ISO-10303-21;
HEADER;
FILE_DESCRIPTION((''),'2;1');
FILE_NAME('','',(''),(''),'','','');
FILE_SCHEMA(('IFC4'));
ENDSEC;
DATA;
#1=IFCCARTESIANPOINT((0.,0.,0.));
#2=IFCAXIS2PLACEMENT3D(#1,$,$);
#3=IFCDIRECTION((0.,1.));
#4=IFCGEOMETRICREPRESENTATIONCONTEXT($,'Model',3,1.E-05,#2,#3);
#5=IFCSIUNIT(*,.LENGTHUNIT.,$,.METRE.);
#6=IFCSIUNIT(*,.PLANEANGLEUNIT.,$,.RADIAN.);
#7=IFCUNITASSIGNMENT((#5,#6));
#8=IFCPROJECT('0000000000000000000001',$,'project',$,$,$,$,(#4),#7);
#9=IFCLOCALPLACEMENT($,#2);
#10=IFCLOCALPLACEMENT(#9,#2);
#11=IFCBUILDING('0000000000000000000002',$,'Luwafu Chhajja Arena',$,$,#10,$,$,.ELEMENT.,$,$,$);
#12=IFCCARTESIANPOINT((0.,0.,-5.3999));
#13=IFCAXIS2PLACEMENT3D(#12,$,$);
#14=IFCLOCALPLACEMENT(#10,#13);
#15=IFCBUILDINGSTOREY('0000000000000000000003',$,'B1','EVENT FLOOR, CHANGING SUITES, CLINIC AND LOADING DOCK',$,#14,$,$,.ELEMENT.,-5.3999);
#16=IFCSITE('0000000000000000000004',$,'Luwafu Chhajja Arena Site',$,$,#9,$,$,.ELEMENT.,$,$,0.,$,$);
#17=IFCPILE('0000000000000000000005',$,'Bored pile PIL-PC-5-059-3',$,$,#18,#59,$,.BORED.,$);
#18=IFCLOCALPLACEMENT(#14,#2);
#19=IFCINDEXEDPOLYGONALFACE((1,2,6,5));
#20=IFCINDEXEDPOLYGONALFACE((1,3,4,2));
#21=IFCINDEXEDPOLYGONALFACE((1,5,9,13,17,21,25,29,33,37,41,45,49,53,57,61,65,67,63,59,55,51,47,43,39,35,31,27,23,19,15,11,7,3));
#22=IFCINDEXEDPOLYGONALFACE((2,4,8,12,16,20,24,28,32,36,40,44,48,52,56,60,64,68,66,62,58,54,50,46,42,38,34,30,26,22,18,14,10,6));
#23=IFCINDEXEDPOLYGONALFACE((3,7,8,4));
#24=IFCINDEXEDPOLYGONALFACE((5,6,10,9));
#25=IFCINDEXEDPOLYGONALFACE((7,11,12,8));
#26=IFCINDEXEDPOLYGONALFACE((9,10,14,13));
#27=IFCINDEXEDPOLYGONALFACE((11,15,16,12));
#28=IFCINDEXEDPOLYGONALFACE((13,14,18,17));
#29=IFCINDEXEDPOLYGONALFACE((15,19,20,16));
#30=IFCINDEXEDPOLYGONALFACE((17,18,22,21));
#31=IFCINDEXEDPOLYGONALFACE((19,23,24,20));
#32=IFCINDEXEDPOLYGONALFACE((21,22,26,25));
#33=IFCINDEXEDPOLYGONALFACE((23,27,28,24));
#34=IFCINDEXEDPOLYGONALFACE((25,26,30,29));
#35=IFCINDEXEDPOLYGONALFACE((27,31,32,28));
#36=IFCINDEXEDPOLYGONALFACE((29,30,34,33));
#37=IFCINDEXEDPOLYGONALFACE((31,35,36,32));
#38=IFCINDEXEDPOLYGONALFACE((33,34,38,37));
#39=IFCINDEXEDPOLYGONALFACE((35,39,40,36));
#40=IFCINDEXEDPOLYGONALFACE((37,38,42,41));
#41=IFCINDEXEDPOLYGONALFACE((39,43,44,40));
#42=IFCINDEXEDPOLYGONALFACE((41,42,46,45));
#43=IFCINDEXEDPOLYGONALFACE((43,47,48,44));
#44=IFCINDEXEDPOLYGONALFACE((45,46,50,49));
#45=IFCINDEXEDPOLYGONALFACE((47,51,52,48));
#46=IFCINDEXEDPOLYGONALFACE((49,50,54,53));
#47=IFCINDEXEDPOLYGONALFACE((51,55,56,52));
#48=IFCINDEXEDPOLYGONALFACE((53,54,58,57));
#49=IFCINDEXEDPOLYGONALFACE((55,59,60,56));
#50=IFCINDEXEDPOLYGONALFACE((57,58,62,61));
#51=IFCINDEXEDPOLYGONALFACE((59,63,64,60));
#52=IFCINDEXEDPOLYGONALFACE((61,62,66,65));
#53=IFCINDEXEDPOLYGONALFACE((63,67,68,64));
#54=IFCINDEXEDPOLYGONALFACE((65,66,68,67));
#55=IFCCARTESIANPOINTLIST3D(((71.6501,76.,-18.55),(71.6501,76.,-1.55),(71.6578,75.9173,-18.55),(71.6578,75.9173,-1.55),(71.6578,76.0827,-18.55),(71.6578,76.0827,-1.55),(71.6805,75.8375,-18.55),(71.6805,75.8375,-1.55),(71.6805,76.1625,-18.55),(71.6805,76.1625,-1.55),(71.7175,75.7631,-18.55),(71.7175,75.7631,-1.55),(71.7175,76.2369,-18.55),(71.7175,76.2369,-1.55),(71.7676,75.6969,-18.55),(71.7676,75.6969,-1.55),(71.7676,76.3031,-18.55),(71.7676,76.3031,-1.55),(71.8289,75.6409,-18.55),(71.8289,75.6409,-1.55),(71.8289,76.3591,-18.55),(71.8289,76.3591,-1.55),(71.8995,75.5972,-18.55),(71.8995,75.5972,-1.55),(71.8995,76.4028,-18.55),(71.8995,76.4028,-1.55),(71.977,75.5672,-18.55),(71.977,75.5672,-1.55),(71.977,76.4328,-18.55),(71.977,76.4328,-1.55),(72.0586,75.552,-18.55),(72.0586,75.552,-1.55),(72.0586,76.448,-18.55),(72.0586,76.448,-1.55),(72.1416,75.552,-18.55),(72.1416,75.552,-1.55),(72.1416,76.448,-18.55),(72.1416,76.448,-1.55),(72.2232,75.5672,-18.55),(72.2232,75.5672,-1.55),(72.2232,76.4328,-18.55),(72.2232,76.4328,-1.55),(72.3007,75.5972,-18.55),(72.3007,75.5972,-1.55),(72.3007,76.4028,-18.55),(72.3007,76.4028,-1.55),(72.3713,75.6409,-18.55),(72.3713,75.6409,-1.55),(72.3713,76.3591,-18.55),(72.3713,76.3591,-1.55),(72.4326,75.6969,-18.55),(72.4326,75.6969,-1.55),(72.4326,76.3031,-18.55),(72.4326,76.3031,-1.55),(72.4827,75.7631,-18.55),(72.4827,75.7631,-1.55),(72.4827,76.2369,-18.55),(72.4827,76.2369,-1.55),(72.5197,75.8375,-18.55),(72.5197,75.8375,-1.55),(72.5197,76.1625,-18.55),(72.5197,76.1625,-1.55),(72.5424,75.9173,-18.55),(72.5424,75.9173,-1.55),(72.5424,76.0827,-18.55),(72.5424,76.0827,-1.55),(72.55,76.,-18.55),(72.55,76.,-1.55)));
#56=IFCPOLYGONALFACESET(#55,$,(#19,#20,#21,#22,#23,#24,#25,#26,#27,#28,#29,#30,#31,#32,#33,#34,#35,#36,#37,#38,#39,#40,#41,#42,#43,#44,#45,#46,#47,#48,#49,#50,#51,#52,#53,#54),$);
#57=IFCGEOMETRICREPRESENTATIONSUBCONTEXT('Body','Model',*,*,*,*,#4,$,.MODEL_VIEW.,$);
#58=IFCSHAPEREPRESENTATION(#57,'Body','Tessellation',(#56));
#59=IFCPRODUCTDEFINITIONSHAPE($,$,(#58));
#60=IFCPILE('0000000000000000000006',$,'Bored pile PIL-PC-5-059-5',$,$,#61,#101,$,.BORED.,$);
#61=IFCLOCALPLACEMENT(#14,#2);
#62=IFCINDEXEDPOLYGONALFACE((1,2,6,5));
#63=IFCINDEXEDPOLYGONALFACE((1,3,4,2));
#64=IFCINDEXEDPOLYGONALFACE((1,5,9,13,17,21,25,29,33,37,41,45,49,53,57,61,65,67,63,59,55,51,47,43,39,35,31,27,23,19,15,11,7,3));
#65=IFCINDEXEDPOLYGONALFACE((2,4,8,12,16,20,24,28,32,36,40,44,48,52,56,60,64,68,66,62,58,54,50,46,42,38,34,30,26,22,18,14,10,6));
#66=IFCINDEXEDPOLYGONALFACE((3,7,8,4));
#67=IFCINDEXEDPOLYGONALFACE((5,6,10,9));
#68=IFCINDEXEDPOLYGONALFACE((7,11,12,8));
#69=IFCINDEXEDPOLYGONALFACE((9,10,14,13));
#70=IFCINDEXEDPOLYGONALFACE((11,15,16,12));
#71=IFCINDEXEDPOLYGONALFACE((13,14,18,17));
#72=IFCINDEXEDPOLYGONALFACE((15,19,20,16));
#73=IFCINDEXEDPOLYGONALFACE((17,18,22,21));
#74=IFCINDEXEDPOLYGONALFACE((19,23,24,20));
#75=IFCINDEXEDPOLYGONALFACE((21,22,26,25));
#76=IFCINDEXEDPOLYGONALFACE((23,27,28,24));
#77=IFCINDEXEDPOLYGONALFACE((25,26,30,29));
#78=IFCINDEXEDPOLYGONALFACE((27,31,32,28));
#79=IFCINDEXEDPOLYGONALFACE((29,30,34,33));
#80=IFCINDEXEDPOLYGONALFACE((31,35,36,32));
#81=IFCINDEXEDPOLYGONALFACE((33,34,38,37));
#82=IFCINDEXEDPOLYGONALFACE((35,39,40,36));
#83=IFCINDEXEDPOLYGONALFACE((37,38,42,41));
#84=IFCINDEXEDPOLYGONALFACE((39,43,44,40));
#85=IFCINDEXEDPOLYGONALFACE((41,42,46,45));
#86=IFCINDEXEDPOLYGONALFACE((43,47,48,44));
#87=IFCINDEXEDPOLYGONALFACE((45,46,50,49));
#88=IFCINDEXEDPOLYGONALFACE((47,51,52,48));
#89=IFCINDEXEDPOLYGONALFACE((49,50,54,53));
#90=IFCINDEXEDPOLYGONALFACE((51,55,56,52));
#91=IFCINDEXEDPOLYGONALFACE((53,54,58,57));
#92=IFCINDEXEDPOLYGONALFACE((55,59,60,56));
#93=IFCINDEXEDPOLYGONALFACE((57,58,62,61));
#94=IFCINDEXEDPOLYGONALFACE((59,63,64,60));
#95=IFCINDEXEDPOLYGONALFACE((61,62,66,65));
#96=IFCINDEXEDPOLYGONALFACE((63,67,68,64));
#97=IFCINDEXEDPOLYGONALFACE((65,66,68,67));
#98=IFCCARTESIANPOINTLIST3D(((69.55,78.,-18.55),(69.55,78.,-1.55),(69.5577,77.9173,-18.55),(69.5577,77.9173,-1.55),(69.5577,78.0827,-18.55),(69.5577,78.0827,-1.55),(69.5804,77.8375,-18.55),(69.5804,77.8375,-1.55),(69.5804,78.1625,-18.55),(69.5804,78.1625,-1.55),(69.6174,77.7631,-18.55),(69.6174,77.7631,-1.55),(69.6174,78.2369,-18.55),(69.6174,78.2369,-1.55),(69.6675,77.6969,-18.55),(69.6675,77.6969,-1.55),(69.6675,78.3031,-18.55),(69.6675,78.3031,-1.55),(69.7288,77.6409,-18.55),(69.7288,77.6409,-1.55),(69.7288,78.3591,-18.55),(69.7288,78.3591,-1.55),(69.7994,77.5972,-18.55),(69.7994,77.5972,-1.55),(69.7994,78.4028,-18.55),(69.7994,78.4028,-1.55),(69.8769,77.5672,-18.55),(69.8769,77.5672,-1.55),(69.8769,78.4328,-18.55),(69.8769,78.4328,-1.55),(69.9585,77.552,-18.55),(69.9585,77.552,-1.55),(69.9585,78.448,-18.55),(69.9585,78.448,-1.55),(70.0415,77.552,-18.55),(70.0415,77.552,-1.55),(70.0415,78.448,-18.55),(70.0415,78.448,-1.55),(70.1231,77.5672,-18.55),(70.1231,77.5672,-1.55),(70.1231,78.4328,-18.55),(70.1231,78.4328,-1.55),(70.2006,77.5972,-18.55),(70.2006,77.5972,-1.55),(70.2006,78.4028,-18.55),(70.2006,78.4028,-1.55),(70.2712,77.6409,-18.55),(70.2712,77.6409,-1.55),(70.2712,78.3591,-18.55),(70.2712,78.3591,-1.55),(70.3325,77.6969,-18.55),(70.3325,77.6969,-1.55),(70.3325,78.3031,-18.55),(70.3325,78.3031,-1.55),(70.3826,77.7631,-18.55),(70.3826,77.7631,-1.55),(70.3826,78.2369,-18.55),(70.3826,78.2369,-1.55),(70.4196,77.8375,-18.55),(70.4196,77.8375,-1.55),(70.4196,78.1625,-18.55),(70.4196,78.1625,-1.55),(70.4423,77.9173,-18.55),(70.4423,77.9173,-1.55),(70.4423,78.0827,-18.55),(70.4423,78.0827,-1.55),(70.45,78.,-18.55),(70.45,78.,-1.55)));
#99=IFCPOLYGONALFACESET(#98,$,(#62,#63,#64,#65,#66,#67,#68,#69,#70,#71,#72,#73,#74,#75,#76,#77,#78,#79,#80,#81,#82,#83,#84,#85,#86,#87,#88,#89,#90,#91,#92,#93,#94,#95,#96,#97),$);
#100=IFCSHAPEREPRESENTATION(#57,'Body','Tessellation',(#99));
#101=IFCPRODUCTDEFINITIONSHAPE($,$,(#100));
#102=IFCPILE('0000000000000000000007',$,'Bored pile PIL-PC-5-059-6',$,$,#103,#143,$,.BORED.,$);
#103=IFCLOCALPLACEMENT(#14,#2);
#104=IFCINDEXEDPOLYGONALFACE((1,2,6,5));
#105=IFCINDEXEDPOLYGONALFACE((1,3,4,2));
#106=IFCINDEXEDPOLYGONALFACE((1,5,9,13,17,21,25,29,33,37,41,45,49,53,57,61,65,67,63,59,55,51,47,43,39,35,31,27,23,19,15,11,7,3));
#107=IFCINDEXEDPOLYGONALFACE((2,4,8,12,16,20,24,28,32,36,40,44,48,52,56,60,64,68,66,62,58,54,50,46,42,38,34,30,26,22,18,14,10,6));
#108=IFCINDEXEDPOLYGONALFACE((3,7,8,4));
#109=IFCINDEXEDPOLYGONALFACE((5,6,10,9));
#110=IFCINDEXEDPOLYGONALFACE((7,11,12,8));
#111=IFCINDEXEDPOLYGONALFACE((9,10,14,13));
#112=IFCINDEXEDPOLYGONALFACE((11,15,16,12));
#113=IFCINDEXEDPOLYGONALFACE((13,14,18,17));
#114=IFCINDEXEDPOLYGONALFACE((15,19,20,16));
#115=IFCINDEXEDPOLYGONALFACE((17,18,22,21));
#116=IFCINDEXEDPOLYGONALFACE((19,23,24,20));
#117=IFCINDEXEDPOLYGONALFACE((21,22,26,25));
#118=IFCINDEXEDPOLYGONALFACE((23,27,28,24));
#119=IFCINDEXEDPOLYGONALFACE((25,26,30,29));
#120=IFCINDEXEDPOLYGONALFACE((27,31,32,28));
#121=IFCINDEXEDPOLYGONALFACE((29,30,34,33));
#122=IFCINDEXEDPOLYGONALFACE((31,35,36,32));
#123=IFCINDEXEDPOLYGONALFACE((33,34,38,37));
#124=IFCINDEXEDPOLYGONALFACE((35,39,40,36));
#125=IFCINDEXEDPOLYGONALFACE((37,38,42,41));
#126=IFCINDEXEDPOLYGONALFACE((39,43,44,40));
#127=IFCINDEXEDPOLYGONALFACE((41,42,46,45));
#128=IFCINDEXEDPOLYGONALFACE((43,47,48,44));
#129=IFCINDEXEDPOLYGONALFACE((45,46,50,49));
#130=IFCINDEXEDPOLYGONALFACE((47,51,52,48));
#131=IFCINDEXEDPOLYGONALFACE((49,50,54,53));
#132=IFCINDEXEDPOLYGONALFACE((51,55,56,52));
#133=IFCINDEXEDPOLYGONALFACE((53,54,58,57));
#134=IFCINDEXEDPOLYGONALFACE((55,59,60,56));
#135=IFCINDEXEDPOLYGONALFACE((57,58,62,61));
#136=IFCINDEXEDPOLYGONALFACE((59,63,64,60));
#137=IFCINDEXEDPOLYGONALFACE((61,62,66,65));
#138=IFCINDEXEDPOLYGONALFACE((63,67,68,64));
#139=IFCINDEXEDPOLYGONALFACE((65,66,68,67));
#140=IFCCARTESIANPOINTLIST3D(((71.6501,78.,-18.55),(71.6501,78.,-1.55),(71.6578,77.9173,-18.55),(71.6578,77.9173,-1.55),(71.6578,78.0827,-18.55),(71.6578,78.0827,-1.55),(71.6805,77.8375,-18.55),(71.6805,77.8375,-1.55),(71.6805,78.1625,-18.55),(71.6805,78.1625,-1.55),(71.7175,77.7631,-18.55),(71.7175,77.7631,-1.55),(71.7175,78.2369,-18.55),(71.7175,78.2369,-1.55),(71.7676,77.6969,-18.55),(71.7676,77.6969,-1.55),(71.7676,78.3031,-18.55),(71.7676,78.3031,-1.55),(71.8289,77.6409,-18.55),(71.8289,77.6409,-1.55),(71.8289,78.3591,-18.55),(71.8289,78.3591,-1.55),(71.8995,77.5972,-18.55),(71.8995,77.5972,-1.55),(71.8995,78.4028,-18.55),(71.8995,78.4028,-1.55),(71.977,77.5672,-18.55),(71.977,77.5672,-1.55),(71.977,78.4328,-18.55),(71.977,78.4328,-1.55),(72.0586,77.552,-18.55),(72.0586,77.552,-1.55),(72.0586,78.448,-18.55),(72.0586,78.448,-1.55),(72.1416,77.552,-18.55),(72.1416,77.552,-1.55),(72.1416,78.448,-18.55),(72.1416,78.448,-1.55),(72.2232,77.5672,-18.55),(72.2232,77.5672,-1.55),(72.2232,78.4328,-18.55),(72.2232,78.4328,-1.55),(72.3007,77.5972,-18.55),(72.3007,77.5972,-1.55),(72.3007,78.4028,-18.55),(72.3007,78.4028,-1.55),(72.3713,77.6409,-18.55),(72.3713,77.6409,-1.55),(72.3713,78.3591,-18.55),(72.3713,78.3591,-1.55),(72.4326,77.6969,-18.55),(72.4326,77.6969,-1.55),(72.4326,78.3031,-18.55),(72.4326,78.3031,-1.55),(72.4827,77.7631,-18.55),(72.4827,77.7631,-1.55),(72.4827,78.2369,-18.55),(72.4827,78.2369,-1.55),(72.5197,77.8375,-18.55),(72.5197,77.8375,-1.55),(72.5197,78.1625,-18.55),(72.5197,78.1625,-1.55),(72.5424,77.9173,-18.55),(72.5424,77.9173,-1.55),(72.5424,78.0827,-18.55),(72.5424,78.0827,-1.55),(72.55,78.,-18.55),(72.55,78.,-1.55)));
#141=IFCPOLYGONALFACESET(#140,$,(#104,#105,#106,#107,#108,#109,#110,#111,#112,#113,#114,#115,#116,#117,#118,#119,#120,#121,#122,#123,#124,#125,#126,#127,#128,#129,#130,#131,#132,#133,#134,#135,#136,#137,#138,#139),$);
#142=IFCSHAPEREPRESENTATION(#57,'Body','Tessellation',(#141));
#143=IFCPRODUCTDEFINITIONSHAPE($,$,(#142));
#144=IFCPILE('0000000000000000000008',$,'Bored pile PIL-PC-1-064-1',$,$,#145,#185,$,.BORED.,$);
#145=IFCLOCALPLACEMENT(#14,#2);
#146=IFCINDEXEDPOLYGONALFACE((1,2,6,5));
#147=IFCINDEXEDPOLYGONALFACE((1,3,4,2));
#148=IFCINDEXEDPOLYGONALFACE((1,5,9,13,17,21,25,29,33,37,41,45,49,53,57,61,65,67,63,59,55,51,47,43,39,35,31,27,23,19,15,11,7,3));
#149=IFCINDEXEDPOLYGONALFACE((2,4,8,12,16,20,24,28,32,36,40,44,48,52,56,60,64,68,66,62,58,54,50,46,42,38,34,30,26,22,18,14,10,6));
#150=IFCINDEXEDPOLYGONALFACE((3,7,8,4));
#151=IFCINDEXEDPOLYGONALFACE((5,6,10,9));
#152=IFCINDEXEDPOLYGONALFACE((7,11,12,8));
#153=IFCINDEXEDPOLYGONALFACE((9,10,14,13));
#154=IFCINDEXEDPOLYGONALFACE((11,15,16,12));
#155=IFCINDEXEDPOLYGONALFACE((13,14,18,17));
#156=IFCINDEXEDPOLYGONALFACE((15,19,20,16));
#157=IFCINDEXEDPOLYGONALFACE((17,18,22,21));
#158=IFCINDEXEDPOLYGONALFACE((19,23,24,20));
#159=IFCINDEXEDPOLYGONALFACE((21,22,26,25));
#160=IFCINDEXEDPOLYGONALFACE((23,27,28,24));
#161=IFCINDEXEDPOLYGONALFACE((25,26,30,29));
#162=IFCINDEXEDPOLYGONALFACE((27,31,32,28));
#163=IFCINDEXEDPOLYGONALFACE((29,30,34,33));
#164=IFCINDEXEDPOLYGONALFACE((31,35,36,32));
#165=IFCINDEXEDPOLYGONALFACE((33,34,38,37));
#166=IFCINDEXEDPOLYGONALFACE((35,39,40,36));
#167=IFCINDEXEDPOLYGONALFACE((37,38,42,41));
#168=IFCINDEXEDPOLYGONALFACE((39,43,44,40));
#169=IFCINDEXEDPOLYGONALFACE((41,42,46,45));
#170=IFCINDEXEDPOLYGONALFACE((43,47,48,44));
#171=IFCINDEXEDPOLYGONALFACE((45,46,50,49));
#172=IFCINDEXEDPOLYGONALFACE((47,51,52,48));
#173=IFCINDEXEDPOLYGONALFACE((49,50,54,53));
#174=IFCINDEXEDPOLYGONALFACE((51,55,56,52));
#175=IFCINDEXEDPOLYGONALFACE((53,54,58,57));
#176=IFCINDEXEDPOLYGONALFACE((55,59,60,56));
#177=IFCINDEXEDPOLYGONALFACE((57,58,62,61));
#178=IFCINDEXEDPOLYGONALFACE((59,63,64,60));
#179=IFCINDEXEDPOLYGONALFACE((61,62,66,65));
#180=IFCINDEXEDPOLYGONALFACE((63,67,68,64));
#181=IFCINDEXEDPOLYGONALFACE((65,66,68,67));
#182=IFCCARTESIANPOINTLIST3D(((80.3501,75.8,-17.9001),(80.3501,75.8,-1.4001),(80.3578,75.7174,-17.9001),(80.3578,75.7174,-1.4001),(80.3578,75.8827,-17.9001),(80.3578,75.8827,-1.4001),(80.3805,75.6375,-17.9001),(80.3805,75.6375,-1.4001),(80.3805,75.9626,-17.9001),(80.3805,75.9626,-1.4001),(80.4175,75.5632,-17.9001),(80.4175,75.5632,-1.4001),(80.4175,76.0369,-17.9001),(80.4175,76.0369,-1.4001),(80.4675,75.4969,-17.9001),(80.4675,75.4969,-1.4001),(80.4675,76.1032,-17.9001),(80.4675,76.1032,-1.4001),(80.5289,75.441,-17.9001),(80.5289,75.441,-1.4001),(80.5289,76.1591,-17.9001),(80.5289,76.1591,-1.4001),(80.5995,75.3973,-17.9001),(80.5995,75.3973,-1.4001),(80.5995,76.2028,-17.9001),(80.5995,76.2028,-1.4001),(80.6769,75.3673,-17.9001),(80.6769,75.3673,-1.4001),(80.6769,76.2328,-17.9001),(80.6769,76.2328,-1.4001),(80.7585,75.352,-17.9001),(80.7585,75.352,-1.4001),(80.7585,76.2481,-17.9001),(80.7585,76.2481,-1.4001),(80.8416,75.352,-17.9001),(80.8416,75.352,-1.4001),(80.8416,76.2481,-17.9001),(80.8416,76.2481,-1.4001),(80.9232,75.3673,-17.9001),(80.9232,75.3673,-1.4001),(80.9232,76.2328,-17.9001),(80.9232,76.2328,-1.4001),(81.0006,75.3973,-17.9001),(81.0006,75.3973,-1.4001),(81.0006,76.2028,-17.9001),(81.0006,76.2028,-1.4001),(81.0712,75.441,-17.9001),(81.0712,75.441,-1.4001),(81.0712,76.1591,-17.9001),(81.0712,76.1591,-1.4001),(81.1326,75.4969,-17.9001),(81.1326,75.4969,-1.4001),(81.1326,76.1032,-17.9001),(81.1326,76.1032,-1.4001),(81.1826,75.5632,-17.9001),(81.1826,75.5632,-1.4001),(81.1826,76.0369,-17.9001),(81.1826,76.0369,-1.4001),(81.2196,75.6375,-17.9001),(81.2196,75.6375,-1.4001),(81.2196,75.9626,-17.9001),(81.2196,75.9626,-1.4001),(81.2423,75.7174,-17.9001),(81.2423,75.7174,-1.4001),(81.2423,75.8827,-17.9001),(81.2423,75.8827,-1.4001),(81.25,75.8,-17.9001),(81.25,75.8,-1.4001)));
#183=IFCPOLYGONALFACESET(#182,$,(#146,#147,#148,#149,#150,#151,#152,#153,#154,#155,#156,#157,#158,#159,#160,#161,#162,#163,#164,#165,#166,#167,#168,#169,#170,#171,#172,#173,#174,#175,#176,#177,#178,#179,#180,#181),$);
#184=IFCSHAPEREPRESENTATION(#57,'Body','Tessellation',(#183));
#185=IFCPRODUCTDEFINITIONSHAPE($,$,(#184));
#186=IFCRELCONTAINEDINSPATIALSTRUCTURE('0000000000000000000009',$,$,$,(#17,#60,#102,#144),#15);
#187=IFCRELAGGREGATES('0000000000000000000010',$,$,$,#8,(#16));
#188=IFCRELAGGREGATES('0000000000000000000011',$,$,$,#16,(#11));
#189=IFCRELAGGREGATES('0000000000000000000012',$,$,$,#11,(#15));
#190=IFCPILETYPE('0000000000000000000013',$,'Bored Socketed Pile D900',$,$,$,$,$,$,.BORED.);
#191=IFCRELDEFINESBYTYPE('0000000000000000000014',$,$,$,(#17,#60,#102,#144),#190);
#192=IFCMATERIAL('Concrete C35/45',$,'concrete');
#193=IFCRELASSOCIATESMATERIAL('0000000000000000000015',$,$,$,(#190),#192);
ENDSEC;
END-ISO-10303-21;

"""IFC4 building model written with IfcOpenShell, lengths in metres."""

from ifc_helpers import new_model, si_unit, direction, frame, origin, origin_2d, place, context, subcontext, project, spatial, circle, extrude, material, material_profile, profile_set, type_object, element, save


model = new_model("IFC4")

# Units and contexts
model_context = context("Model", 3, precision=1e-05, world=origin(), true_north=direction((0.0, 1.0)))
body_context = subcontext(model_context, "Body", "Model", "MODEL_VIEW")
ifc_project = project(units=[si_unit("LENGTHUNIT", "METRE"), si_unit("PLANEANGLEUNIT", "RADIAN")], contexts=[model_context])

# Site, building, storey
site_placement = place(None, origin())
site = spatial("IfcSite", under=ifc_project, at=site_placement, Name="Luwafu Chhajja Arena Site", CompositionType="ELEMENT", RefElevation=0.0)
building_placement = place(site_placement, origin())
building = spatial("IfcBuilding", under=site, at=building_placement, Name="Luwafu Chhajja Arena", CompositionType="ELEMENT")
storey_placement = place(building_placement, frame((0.0, 0.0, -5.3999)))
storey = spatial("IfcBuildingStorey", under=building, at=storey_placement, Name="B1", Description="EVENT FLOOR, CHANGING SUITES, CLINIC AND LOADING DOCK", CompositionType="ELEMENT", Elevation=-5.3999)

# Piles
ifc_material_1 = material(Name="Concrete C35/45", Category="concrete")
ifc_material_profile_1 = material_profile(ifc_material_1, circle(Radius=0.45, at=origin_2d()), Name="PILE D900")
ifc_profile_set_1 = profile_set([ifc_material_profile_1], Name="Concrete C35/45")
pile_type = type_object("IfcPileType", Name="Bored Socketed Pile D900", PredefinedType="BORED", material=ifc_profile_set_1)
for number, where, z_axis, x_axis, name in (
    (1, (72.1001, 76.0, -1.55), (0.0, 0.0, -1.0), (1.0, 0.0, 0.0), "Bored pile PIL-PC-5-059-3"),
    (2, (70.0, 78.0, -1.55), (0.0, 0.0, -1.0), (1.0, 0.0, 0.0), "Bored pile PIL-PC-5-059-5"),
    (3, (72.1001, 78.0, -1.55), (0.0, 0.0, -1.0), (1.0, 0.0, 0.0), "Bored pile PIL-PC-5-059-6"),
):
    element("IfcPile", number, at=place(storey_placement, frame(where, z_axis=z_axis, x_axis=x_axis)), inside=storey, type_object=pile_type, Name=name, PredefinedType="BORED", context=body_context, shape_type="SweptSolid", body=[
        extrude(circle(Radius=0.45, at=origin_2d()), origin(), (0.0, 0.0, 1.0), 17.0),
    ])
for number, where, z_axis, x_axis, name in (
    (4, (80.8, 75.8, -1.4001), (0.0, 0.0, -1.0), (1.0, 0.0, 0.0), "Bored pile PIL-PC-1-064-1"),
):
    element("IfcPile", number, at=place(storey_placement, frame(where, z_axis=z_axis, x_axis=x_axis)), inside=storey, type_object=pile_type, Name=name, PredefinedType="BORED", context=body_context, shape_type="SweptSolid", body=[
        extrude(circle(Radius=0.45, at=origin_2d()), origin(), (0.0, 0.0, 1.0), 16.5),
    ])

save(model, "model.ifc")
